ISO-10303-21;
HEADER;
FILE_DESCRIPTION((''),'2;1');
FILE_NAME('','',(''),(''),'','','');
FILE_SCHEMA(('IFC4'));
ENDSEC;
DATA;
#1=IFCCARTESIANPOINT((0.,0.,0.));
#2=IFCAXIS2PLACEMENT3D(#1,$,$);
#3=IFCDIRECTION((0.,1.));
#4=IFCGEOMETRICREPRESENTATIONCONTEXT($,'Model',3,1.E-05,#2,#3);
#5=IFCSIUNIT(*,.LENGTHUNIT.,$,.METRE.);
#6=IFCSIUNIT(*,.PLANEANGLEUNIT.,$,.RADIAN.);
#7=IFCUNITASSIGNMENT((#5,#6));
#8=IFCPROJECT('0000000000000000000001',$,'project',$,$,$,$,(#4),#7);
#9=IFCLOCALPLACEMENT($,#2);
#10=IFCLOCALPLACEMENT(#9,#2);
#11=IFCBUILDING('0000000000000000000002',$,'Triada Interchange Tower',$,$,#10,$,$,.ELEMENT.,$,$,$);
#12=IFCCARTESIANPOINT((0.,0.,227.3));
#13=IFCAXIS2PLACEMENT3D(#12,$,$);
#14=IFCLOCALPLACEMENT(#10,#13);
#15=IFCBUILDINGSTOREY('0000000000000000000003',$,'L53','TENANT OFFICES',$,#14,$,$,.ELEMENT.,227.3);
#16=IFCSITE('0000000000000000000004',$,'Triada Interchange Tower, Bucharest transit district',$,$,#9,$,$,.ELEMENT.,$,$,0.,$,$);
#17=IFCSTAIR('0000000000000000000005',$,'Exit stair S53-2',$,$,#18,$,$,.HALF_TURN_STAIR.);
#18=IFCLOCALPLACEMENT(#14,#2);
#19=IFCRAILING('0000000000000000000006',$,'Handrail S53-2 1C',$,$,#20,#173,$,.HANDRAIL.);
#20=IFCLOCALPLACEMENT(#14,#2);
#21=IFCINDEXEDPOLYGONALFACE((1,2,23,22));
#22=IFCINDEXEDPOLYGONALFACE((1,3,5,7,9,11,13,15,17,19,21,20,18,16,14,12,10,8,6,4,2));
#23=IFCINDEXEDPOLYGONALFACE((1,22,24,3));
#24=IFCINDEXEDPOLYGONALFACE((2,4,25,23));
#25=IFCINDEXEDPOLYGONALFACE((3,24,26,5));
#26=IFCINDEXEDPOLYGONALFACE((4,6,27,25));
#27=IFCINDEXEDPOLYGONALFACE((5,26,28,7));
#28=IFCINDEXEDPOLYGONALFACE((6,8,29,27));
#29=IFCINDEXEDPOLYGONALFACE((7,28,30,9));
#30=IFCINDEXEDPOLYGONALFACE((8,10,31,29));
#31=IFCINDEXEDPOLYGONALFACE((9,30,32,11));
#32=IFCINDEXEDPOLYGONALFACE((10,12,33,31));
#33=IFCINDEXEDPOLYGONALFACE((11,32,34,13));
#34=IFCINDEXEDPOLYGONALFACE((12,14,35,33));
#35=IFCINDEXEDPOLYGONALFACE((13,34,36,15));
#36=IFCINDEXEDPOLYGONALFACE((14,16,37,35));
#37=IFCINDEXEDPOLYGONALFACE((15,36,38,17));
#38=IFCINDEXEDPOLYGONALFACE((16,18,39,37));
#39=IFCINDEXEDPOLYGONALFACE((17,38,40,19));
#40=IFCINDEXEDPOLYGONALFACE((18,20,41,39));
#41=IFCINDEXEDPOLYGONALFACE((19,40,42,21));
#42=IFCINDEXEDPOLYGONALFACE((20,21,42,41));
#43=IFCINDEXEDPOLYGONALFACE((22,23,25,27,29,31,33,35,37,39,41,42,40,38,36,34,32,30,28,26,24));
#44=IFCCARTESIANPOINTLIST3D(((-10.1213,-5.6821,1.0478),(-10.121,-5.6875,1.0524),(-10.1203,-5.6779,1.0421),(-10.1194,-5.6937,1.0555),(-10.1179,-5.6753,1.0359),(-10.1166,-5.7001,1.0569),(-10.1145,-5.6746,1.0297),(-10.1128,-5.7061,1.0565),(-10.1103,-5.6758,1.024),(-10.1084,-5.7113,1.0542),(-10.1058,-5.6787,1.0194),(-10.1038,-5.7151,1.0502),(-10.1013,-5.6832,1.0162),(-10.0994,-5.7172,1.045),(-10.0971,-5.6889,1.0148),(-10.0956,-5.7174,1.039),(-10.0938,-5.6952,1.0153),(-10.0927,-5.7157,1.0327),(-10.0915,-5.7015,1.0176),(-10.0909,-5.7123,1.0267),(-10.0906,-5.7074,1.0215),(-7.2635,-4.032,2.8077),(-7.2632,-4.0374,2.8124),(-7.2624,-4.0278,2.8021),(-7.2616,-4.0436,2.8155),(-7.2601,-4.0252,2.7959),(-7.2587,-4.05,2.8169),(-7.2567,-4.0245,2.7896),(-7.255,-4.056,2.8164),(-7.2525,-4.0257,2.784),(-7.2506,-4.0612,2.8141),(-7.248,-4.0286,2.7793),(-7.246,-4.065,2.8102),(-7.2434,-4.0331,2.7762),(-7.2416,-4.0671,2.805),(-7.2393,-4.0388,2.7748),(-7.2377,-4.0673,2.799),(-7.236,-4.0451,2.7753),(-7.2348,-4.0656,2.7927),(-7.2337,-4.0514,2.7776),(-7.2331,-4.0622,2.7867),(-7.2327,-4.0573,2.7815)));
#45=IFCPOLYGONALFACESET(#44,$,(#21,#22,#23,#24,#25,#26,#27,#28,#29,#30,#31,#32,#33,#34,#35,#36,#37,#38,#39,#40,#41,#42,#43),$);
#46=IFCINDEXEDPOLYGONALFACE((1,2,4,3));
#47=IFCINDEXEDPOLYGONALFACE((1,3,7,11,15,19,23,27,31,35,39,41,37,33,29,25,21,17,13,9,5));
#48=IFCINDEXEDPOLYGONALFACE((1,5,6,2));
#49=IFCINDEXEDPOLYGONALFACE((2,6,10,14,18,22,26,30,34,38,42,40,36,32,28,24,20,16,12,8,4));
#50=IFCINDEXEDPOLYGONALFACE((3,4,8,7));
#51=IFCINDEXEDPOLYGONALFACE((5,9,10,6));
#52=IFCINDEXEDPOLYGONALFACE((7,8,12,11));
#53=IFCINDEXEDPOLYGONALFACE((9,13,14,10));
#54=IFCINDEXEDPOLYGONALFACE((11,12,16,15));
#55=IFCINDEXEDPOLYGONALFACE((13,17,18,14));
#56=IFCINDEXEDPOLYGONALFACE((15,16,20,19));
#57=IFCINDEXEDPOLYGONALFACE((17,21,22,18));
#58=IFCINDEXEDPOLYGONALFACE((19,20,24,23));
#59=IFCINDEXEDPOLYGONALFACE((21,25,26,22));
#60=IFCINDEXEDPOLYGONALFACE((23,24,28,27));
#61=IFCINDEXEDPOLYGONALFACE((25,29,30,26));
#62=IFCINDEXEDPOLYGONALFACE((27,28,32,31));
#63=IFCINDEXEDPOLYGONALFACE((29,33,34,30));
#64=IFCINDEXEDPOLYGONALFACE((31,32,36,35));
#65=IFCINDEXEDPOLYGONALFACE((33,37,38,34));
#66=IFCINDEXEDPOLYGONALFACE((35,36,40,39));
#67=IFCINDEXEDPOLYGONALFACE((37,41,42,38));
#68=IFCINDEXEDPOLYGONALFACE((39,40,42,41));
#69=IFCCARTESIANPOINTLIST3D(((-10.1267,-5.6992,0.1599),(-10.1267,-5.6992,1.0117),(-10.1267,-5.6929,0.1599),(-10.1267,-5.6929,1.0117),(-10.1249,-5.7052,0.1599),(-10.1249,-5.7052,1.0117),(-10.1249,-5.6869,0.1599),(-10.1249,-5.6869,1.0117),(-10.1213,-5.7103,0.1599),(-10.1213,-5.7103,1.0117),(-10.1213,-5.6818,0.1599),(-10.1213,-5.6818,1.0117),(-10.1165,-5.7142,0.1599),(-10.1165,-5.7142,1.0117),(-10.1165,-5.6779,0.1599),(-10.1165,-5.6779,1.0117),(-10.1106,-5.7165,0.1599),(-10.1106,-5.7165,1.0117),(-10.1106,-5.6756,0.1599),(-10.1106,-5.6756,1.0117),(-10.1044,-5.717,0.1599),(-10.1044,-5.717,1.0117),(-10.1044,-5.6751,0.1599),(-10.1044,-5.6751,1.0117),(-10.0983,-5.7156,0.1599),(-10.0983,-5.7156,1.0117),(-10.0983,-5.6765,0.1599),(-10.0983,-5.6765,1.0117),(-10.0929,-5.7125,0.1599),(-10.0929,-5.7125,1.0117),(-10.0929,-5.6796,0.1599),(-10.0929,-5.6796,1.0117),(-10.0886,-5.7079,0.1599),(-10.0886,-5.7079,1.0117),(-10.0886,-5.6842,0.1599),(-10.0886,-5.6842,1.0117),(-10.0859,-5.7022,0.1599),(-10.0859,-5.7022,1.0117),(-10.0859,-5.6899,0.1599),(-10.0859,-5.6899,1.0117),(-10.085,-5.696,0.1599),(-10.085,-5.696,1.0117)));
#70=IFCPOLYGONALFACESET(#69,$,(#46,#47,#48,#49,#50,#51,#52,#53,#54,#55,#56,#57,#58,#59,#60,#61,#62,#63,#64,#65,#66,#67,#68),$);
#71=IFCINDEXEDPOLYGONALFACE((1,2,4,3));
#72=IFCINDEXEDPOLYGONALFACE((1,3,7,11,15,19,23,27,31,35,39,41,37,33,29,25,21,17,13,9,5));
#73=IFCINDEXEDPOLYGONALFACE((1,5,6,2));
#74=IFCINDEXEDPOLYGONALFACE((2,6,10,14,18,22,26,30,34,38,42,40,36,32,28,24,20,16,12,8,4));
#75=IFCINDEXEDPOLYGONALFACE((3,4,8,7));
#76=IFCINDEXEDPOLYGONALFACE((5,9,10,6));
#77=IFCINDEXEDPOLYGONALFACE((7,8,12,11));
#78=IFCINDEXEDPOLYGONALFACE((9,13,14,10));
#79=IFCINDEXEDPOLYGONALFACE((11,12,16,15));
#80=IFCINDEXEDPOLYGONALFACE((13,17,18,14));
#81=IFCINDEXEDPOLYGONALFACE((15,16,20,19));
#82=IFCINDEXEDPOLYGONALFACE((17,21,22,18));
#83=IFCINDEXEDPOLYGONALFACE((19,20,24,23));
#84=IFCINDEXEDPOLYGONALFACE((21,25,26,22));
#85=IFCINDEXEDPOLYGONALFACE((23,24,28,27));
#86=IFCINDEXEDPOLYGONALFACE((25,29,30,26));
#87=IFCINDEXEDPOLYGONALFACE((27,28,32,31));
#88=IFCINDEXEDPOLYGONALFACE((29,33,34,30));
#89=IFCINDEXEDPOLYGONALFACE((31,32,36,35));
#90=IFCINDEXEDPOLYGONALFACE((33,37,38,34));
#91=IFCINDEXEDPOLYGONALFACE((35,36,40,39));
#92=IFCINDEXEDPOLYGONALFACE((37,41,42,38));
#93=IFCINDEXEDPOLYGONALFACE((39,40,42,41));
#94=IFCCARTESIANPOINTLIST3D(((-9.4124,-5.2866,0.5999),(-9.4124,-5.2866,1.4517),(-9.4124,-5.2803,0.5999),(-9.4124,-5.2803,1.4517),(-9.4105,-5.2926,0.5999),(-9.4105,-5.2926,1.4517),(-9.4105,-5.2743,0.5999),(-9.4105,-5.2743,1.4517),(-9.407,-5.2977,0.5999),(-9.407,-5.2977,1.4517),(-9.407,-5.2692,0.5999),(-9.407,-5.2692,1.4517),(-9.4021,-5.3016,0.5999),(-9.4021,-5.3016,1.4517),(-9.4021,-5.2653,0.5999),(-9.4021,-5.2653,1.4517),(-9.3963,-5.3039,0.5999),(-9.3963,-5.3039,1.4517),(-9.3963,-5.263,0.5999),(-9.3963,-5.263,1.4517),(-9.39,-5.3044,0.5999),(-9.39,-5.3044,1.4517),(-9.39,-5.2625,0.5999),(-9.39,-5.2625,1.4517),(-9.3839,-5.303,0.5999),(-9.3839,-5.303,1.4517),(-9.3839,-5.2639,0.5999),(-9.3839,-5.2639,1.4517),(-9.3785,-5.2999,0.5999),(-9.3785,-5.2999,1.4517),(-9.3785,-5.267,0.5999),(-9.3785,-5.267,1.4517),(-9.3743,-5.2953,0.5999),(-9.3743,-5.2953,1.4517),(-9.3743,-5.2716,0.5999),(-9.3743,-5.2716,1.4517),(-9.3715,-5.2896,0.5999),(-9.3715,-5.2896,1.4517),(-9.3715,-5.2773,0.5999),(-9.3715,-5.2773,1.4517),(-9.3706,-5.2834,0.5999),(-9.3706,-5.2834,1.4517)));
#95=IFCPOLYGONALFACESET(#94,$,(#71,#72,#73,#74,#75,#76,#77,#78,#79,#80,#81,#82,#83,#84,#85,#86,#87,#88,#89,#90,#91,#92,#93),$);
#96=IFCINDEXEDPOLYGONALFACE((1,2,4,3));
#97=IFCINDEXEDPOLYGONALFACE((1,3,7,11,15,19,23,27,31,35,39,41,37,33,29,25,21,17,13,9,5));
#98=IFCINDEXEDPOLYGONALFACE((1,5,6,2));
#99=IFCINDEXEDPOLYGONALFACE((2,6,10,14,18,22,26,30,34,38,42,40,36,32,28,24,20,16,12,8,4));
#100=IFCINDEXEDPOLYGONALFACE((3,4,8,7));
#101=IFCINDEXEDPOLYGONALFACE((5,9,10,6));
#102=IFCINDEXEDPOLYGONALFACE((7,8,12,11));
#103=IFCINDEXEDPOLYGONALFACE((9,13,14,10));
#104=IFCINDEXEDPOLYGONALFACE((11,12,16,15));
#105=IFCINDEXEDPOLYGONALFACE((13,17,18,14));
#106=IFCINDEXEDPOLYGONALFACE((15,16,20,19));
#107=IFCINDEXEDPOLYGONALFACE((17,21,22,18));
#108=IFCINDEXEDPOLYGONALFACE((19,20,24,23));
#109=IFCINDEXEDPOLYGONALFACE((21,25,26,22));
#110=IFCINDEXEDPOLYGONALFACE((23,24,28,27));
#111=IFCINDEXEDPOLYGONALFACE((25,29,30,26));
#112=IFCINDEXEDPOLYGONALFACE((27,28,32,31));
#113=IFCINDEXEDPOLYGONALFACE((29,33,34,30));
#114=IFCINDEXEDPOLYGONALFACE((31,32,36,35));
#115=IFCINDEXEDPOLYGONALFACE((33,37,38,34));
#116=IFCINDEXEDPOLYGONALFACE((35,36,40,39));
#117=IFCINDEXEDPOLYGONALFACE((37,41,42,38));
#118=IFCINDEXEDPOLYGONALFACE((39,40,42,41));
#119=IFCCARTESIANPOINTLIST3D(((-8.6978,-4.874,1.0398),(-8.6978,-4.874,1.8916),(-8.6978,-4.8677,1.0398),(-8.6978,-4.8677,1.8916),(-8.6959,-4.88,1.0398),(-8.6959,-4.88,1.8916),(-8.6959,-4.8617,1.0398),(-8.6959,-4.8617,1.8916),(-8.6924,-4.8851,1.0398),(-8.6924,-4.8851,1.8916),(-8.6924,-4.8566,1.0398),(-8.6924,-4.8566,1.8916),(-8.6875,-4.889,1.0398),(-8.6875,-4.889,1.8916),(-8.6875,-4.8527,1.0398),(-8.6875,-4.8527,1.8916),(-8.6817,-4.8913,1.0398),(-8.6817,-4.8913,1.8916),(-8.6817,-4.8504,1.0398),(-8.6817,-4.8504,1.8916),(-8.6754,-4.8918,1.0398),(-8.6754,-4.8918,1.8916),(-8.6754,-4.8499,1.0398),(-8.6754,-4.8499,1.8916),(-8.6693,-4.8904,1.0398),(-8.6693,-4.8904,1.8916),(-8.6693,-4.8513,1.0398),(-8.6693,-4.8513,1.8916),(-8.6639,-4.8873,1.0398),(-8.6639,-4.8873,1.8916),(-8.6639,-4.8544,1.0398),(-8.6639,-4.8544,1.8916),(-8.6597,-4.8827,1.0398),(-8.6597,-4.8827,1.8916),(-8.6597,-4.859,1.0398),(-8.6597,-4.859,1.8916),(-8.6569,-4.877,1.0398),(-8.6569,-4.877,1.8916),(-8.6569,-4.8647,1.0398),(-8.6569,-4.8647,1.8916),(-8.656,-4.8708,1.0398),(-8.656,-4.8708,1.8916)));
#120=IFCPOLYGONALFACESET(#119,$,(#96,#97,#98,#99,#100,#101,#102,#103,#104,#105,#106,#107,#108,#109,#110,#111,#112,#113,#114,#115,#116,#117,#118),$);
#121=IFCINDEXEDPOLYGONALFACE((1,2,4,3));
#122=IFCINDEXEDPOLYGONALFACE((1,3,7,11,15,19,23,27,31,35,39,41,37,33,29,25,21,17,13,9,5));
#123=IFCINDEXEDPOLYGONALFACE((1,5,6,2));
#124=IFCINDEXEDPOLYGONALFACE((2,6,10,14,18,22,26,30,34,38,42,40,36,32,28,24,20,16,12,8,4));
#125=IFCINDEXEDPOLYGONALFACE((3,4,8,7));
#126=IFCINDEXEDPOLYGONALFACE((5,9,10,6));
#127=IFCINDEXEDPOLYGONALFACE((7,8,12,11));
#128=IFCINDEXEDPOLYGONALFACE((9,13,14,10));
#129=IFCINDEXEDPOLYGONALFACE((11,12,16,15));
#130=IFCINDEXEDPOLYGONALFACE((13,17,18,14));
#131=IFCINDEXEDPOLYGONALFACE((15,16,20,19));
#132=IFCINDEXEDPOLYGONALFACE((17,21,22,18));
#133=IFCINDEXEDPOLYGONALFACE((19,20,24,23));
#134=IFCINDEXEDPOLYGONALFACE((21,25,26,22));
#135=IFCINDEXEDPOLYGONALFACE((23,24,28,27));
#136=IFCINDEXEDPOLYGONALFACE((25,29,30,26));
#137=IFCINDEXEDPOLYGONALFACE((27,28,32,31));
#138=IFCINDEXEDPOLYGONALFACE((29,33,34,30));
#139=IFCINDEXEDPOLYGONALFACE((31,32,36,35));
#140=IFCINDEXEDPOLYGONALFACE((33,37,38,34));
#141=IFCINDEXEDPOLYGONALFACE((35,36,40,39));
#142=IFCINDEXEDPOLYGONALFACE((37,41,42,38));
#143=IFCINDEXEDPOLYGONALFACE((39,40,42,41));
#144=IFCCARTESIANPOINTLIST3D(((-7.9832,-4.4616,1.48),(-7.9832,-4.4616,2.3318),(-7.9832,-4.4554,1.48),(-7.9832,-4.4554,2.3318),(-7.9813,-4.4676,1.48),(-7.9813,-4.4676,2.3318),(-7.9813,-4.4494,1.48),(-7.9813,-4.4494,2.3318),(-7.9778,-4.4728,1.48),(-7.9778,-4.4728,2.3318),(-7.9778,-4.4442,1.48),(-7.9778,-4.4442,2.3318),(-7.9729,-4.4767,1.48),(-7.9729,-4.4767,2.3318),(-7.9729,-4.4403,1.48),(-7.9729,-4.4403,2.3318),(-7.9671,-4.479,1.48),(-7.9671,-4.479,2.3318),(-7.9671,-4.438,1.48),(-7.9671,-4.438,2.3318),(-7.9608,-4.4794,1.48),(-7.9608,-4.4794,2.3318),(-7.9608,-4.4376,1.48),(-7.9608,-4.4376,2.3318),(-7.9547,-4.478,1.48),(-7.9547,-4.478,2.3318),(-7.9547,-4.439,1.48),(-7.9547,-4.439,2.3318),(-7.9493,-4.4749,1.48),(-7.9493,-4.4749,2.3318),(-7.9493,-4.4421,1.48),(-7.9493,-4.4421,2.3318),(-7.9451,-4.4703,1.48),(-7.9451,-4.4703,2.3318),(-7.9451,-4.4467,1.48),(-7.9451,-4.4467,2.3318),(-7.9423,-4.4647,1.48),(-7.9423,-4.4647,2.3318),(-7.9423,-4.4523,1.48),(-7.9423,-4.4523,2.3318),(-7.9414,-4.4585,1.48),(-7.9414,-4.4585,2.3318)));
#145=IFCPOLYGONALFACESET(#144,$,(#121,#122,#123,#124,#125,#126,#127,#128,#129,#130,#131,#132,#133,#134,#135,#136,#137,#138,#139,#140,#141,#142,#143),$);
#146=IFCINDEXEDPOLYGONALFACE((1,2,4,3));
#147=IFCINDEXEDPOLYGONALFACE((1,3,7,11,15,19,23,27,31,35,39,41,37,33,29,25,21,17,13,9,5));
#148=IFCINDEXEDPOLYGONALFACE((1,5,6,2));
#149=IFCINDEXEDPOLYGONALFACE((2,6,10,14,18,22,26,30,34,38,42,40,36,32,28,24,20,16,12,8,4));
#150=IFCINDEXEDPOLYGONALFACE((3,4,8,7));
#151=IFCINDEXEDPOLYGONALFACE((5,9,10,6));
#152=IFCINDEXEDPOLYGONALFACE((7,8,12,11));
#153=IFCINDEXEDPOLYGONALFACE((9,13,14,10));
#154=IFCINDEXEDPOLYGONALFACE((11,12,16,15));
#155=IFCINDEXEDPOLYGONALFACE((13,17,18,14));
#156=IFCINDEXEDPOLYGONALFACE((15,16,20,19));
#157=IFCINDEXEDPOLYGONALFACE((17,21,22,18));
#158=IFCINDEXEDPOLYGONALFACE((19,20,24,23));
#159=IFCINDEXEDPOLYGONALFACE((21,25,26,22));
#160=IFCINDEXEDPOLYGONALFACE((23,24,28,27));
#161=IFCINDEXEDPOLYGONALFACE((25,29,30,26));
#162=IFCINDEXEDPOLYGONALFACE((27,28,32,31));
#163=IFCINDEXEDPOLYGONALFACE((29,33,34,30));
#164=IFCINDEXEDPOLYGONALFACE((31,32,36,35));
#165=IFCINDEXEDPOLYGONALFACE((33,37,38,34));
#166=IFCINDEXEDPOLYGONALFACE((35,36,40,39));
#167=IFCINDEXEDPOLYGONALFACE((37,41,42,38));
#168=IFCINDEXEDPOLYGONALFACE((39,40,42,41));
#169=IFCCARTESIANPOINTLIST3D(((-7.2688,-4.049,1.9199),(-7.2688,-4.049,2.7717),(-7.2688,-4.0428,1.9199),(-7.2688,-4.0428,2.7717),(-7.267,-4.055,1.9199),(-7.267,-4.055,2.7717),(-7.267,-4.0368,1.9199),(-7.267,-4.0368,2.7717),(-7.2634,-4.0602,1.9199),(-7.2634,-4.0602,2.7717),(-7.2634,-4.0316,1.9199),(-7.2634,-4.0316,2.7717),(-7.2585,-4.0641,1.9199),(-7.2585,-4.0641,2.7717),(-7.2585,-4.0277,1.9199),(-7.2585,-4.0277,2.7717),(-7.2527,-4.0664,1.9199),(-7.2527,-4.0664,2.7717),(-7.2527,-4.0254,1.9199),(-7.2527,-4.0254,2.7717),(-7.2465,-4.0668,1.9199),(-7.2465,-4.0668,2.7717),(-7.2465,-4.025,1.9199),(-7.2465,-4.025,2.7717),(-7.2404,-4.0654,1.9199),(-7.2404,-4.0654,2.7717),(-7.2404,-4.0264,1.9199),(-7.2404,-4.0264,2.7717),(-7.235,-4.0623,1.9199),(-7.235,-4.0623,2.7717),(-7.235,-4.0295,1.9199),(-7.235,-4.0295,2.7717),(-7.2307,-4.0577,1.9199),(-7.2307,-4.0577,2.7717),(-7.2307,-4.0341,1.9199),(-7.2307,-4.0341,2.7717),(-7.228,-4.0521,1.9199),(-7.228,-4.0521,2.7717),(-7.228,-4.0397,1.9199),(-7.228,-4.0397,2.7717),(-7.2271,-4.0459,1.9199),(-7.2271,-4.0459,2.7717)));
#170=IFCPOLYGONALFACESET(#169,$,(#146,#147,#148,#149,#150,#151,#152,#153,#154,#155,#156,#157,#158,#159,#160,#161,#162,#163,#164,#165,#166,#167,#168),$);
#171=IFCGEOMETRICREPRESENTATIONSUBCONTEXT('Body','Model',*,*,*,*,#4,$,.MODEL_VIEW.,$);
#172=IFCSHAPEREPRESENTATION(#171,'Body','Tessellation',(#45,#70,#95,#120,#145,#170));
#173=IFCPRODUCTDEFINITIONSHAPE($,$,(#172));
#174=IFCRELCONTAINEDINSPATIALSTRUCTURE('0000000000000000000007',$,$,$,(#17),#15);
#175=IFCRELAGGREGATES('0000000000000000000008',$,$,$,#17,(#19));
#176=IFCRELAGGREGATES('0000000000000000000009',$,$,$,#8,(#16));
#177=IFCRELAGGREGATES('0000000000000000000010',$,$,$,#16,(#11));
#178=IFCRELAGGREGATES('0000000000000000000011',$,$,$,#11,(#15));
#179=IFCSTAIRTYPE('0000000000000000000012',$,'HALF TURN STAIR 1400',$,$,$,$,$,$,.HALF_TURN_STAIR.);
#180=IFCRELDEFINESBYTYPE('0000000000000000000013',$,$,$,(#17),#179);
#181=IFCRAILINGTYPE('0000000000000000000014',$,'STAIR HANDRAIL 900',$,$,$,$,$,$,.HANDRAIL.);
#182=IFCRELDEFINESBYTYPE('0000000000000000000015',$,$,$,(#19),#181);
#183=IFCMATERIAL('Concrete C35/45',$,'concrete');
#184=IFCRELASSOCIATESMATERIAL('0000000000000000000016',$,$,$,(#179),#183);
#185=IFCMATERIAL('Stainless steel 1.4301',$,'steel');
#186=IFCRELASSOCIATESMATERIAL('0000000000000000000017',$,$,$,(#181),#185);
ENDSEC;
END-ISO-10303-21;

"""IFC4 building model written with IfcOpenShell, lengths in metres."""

from ifc_helpers import new_model, si_unit, direction, frame, origin, origin_2d, place, context, subcontext, project, spatial, circle, extrude, material, type_object, element, aggregate, save


model = new_model("IFC4")

# Units and contexts
model_context = context("Model", 3, precision=1e-05, world=origin(), true_north=direction((0.0, 1.0)))
body_context = subcontext(model_context, "Body", "Model", "MODEL_VIEW")
ifc_project = project(units=[si_unit("LENGTHUNIT", "METRE"), si_unit("PLANEANGLEUNIT", "RADIAN")], contexts=[model_context])

# Site, building, storey
site_placement = place(None, origin())
site = spatial("IfcSite", under=ifc_project, at=site_placement, Name="Triada Interchange Tower, Bucharest transit district", CompositionType="ELEMENT", RefElevation=0.0)
building_placement = place(site_placement, origin())
building = spatial("IfcBuilding", under=site, at=building_placement, Name="Triada Interchange Tower", CompositionType="ELEMENT")
storey_placement = place(building_placement, frame((0.0, 0.0, 227.3)))
storey = spatial("IfcBuildingStorey", under=building, at=storey_placement, Name="L53", Description="TENANT OFFICES", CompositionType="ELEMENT", Elevation=227.3)

# Stair
ifc_material_1 = material(Name="Concrete C35/45", Category="concrete")
stair_type = type_object("IfcStairType", Name="HALF TURN STAIR 1400", PredefinedType="HALF_TURN_STAIR", material=ifc_material_1)
stair_placement = place(storey_placement, origin())
stair = element("IfcStair", 1, at=stair_placement, inside=storey, type_object=stair_type, Name="Exit stair S53-2", PredefinedType="HALF_TURN_STAIR")

# Railing
ifc_material_2 = material(Name="Stainless steel 1.4301", Category="steel")
railing_type = type_object("IfcRailingType", Name="STAIR HANDRAIL 900", PredefinedType="HANDRAIL", material=ifc_material_2)
railing_1_placement = place(storey_placement, frame((-10.106, -5.696, 0.1599)))
railing_1 = element("IfcRailing", 2, at=railing_1_placement, type_object=railing_type, Name="Handrail S53-2 1C", PredefinedType="HANDRAIL", context=body_context, shape_type="SweptSolid", body=[
    extrude(circle(Radius=0.0239, at=origin_2d()), frame((0.0, 0.0, 0.876), z_axis=(0.764129, 0.441205, 0.47058), x_axis=(-0.50003, 0.866008, 0.0)), (0.0, 0.0, 1.0), 3.74),
    extrude(circle(Radius=0.021, at=origin_2d()), origin(), (0.0, 0.0, 1.0), 0.8518),
    extrude(circle(Radius=0.021, at=origin_2d()), frame((0.7144, 0.4126, 0.4399)), (0.0, 0.0, 1.0), 0.8518),
    extrude(circle(Radius=0.021, at=origin_2d()), frame((1.429, 0.8252, 0.8799)), (0.0, 0.0, 1.0), 0.8518),
    extrude(circle(Radius=0.021, at=origin_2d()), frame((2.1436, 1.2375, 1.3201)), (0.0, 0.0, 1.0), 0.8518),
    extrude(circle(Radius=0.021, at=origin_2d()), frame((2.8579, 1.6501, 1.76)), (0.0, 0.0, 1.0), 0.8518),
])
aggregate(stair, [railing_1])

save(model, "model.ifc")
